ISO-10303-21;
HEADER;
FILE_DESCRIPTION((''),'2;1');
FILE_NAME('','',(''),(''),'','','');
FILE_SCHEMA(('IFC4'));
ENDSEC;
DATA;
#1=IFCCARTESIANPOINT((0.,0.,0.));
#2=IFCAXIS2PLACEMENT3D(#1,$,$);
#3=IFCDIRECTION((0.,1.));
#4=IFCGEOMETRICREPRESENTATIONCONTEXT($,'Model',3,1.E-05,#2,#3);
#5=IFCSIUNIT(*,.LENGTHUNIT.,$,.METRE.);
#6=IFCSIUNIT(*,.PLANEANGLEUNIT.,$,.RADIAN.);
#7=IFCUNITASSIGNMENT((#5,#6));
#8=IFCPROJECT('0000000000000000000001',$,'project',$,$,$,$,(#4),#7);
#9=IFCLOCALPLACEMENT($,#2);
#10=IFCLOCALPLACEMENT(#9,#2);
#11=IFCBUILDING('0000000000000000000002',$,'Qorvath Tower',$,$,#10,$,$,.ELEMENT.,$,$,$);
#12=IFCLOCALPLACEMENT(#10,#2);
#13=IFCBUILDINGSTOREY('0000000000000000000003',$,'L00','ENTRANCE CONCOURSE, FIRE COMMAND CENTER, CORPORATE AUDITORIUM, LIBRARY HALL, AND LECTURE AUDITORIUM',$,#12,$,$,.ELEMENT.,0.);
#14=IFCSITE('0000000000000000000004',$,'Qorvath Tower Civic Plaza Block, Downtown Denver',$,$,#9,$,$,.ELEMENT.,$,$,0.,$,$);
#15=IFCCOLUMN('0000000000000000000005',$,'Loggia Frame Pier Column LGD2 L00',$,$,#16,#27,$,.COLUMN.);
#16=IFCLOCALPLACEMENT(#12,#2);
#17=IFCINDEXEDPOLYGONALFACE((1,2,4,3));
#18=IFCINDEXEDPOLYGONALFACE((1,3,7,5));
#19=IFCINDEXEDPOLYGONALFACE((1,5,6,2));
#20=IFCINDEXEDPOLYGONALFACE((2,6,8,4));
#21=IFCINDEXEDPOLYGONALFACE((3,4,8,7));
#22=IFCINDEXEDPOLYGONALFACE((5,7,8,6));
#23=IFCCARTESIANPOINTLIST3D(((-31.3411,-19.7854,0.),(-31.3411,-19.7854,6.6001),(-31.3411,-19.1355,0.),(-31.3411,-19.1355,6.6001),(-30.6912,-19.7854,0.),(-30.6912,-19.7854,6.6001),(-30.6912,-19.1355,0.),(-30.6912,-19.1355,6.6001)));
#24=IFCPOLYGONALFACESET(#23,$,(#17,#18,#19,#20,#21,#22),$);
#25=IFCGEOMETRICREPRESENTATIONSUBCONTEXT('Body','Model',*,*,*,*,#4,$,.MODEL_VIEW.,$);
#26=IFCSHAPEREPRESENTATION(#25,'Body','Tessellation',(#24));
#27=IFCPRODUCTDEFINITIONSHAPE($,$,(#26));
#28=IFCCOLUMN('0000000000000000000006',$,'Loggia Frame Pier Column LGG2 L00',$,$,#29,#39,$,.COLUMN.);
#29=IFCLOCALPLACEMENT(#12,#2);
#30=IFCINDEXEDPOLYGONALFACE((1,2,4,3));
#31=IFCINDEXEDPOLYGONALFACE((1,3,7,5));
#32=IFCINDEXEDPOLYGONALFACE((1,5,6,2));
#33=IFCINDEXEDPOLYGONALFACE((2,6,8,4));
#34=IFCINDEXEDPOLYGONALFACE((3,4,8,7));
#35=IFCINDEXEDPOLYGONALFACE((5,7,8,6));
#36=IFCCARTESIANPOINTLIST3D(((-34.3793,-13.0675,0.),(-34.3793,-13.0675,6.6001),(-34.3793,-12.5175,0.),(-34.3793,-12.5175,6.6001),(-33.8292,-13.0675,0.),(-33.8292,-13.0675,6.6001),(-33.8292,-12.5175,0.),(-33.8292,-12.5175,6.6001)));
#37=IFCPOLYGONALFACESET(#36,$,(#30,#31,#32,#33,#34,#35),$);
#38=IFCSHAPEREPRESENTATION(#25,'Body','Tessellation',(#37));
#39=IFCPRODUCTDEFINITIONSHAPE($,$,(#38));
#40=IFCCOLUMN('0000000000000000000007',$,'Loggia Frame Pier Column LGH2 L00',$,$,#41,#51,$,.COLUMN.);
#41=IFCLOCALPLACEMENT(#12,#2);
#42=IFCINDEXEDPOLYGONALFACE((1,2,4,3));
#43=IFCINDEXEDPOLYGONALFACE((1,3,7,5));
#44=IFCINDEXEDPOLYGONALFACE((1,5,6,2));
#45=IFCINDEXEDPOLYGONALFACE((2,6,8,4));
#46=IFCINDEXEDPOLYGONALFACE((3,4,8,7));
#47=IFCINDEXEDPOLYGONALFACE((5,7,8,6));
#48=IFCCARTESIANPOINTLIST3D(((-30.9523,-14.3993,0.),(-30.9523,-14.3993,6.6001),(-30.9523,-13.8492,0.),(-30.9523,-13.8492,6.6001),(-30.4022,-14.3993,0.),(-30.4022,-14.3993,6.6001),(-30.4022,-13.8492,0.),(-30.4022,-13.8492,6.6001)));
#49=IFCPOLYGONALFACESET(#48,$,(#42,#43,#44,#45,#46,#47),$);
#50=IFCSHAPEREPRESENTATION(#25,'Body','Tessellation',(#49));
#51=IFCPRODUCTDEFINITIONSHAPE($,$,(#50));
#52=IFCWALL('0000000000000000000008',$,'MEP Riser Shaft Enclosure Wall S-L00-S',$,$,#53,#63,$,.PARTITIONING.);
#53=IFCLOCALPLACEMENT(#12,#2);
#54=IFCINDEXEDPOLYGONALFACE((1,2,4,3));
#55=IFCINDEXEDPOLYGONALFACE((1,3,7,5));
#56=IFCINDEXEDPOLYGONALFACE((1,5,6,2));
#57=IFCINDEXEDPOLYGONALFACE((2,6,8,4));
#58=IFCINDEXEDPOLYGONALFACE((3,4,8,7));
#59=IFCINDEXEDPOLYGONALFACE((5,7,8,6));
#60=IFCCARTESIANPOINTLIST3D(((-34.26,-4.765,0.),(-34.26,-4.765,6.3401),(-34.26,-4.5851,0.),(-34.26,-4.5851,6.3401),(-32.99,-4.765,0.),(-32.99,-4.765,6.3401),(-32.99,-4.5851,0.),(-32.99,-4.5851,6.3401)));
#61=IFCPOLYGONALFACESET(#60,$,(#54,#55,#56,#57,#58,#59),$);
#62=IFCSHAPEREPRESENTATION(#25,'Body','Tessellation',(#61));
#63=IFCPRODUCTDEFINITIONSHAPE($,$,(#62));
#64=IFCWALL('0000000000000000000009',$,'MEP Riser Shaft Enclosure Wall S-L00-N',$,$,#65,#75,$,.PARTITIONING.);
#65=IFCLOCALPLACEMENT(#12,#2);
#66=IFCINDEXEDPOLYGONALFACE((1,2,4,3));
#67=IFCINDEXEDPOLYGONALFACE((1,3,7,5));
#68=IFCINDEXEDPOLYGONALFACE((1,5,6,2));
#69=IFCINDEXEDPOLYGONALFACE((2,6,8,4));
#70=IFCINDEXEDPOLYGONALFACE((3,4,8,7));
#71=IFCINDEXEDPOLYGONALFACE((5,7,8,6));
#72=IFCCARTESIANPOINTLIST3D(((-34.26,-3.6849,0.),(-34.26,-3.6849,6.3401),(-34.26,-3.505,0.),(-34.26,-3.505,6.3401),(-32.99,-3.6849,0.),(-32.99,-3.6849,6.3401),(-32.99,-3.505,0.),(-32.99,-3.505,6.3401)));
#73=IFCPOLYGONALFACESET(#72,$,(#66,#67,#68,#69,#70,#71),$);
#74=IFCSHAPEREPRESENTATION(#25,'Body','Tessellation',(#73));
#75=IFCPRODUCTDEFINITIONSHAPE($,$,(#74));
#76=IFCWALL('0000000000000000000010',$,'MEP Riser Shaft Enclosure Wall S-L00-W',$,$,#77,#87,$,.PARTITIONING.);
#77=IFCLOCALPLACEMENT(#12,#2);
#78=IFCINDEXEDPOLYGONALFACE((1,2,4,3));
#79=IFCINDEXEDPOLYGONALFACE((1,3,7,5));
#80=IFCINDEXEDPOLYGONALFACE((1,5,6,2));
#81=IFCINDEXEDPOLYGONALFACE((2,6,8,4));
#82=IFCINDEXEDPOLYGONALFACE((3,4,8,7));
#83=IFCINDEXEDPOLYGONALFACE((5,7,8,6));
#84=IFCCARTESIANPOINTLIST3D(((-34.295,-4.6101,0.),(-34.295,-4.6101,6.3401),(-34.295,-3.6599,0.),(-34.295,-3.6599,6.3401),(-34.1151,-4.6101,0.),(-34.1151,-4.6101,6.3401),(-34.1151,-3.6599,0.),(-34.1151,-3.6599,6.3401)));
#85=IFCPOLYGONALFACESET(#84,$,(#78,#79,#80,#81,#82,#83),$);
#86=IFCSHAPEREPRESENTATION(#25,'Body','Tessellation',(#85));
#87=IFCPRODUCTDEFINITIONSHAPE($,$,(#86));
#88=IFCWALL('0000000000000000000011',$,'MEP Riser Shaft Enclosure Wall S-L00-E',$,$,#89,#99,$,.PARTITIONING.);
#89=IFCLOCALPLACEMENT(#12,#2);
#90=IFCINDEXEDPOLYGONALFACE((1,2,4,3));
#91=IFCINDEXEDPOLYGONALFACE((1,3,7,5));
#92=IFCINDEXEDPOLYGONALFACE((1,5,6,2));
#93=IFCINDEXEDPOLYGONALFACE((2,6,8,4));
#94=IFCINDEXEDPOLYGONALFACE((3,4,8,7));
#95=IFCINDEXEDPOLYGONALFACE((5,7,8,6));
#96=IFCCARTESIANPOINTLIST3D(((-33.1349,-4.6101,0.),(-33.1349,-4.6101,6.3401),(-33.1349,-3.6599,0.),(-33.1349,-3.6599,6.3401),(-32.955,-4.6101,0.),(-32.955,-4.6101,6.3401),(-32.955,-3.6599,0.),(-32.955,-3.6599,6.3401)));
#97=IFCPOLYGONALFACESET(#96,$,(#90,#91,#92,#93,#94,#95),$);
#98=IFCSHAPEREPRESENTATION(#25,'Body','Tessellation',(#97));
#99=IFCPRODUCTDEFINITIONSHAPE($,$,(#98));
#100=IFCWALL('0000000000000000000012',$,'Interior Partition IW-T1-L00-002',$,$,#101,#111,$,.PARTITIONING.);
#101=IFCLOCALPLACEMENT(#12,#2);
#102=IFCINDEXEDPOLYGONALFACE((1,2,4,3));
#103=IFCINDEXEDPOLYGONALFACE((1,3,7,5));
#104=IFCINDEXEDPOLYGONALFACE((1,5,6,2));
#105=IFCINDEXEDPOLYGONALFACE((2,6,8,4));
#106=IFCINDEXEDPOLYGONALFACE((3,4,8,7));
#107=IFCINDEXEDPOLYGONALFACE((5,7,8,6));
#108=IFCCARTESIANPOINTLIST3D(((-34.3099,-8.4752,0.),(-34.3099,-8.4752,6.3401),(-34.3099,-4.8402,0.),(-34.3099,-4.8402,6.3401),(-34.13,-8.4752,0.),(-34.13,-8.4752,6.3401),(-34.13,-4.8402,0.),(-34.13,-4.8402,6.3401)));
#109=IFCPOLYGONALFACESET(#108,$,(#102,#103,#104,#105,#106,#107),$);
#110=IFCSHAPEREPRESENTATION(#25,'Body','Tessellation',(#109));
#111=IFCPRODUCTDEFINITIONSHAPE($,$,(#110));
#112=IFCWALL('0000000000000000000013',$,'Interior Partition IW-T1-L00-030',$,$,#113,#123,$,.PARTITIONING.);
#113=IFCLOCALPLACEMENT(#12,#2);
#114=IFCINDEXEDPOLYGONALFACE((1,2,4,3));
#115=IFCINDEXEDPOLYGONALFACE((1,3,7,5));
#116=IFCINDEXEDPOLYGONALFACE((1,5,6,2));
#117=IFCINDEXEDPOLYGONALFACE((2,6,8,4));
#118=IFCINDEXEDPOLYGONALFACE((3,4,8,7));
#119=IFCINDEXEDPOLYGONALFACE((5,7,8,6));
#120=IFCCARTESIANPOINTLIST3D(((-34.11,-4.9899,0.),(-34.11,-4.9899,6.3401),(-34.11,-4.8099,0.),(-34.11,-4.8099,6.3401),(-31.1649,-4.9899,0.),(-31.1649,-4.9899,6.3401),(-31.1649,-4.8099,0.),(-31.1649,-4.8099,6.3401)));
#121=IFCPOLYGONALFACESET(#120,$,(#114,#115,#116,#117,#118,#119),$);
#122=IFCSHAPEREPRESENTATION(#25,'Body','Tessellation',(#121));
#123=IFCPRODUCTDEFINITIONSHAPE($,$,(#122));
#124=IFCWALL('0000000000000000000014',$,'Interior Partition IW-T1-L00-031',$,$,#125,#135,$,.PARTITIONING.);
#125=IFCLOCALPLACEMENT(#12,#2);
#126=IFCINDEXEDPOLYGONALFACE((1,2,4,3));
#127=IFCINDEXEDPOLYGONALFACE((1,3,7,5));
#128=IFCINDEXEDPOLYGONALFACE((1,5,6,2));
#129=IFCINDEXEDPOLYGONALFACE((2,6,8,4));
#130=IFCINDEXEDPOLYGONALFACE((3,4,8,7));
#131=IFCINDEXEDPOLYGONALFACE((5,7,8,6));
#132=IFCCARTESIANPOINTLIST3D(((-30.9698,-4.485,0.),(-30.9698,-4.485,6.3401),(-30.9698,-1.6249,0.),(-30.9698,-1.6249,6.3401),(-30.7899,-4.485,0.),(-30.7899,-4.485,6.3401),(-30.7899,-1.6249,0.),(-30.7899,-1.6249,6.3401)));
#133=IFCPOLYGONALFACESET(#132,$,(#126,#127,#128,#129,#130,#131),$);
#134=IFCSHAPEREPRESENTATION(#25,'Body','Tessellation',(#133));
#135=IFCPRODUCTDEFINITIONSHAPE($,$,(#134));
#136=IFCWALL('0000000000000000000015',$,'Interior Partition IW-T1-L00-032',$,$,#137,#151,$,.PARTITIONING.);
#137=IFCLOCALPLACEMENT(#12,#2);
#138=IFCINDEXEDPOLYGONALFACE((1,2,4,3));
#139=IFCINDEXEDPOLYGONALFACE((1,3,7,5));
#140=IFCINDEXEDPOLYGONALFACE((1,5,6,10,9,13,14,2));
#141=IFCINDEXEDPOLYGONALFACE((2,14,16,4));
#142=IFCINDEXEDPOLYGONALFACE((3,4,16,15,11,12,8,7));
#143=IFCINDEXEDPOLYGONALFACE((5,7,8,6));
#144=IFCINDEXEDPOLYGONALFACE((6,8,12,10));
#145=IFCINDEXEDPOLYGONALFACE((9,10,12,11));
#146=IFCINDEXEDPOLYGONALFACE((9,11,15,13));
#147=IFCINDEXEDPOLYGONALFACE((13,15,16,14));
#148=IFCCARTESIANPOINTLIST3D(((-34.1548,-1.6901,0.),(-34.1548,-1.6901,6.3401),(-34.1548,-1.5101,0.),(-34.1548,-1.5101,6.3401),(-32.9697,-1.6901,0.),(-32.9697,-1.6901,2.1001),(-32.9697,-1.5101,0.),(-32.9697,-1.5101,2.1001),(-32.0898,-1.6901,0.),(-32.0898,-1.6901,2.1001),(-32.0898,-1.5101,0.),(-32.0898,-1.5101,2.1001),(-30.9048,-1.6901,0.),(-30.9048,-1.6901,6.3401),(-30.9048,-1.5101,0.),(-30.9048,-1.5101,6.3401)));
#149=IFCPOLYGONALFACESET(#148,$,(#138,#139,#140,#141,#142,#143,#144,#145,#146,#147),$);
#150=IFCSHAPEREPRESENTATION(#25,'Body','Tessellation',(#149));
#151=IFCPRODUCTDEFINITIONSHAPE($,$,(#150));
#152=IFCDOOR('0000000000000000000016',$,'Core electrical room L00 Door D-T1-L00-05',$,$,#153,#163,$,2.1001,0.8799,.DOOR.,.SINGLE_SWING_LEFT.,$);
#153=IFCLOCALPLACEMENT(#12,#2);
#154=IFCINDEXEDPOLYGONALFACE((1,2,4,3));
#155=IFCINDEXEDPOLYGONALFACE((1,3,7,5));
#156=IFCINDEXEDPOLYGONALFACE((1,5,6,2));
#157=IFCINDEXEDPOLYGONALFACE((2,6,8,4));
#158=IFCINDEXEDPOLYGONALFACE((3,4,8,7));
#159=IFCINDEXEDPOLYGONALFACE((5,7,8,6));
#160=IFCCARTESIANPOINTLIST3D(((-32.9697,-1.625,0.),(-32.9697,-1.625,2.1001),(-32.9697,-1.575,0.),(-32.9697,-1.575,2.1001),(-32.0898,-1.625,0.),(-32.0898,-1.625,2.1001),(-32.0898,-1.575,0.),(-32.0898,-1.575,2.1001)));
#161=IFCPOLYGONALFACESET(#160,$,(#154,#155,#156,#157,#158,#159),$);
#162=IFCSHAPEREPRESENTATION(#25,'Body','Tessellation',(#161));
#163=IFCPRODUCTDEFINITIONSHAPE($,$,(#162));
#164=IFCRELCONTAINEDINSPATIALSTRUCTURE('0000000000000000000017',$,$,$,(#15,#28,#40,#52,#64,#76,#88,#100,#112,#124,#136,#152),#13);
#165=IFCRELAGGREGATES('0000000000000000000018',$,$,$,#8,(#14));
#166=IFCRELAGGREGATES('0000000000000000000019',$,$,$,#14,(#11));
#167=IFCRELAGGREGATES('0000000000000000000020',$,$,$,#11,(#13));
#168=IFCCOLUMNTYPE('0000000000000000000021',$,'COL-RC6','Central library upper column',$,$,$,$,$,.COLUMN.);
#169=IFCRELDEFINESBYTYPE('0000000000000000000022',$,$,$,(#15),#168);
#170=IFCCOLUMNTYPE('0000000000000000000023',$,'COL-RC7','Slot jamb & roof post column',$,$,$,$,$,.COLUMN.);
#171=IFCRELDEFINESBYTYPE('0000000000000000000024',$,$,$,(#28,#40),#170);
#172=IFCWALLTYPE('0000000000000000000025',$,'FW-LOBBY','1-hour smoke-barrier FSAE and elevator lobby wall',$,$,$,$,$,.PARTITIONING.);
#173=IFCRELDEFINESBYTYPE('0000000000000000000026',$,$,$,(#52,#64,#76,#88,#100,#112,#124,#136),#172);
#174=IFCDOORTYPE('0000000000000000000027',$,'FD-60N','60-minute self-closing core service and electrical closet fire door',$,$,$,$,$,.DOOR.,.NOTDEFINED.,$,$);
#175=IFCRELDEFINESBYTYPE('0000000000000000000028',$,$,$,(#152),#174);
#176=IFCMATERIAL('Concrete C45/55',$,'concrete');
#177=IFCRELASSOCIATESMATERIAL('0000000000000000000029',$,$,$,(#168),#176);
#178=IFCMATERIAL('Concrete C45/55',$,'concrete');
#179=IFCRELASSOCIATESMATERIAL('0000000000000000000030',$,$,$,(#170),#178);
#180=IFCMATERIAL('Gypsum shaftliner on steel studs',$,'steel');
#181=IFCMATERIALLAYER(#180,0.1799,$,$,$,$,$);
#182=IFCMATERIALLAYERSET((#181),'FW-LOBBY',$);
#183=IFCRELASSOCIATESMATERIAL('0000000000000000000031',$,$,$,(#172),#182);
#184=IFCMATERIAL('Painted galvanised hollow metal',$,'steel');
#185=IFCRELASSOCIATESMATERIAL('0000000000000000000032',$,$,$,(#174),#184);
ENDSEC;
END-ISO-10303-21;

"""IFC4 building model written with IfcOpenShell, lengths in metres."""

from ifc_helpers import new_model, si_unit, direction, frame, frame_2d, origin, origin_2d, place, context, subcontext, project, spatial, rectangle, extrude, material, layer, layer_set, material_profile, profile_set, type_object, element, fill, save


model = new_model("IFC4")

# Units and contexts
model_context = context("Model", 3, precision=1e-05, world=origin(), true_north=direction((0.0, 1.0)))
body_context = subcontext(model_context, "Body", "Model", "MODEL_VIEW")
ifc_project = project(units=[si_unit("LENGTHUNIT", "METRE"), si_unit("PLANEANGLEUNIT", "RADIAN")], contexts=[model_context])

# Site, building, storey
site_placement = place(None, origin())
site = spatial("IfcSite", under=ifc_project, at=site_placement, Name="Qorvath Tower Civic Plaza Block, Downtown Denver", CompositionType="ELEMENT", RefElevation=0.0)
building_placement = place(site_placement, origin())
building = spatial("IfcBuilding", under=site, at=building_placement, Name="Qorvath Tower", CompositionType="ELEMENT")
storey_placement = place(building_placement, origin())
storey = spatial("IfcBuildingStorey", under=building, at=storey_placement, Name="L00", Description="ENTRANCE CONCOURSE, FIRE COMMAND CENTER, CORPORATE AUDITORIUM, LIBRARY HALL, AND LECTURE AUDITORIUM", CompositionType="ELEMENT", Elevation=0.0)

# Columns
ifc_material_1 = material(Name="Concrete C45/55", Category="concrete")
ifc_material_profile_1 = material_profile(ifc_material_1, rectangle(XDim=0.6499, YDim=0.6499, at=origin_2d()), Name="RC 650x650")
ifc_profile_set_1 = profile_set([ifc_material_profile_1], Name="Concrete C45/55")
column_type_1 = type_object("IfcColumnType", Name="COL-RC6", Description="Central library upper column", PredefinedType="COLUMN", material=ifc_profile_set_1)
column_placement = place(storey_placement, frame((-31.0161, -19.4604, 0.0), z_axis=(0.0, 0.0, 1.0), x_axis=(1.0, 0.0, 0.0)))
element("IfcColumn", 1, at=column_placement, inside=storey, type_object=column_type_1, Name="Loggia Frame Pier Column LGD2 L00", PredefinedType="COLUMN", context=body_context, shape_type="SweptSolid", body=[
    extrude(rectangle(XDim=0.6499, YDim=0.6499, at=origin_2d()), origin(), (0.0, 0.0, 1.0), 6.6001),
])
ifc_material_2 = material(Name="Concrete C45/55", Category="concrete")
ifc_material_profile_2 = material_profile(ifc_material_2, rectangle(XDim=0.55, YDim=0.55, at=origin_2d()), Name="RC 550x550")
ifc_profile_set_2 = profile_set([ifc_material_profile_2], Name="Concrete C45/55")
column_type_2 = type_object("IfcColumnType", Name="COL-RC7", Description="Slot jamb & roof post column", PredefinedType="COLUMN", material=ifc_profile_set_2)
for number, where, z_axis, x_axis, name in (
    (2, (-34.1042, -12.7925, 0.0), (0.0, 0.0, 1.0), (1.0, 0.0, 0.0), "Loggia Frame Pier Column LGG2 L00"),
    (3, (-30.6772, -14.1243, 0.0), (0.0, 0.0, 1.0), (1.0, 0.0, 0.0), "Loggia Frame Pier Column LGH2 L00"),
):
    element("IfcColumn", number, at=place(storey_placement, frame(where, z_axis=z_axis, x_axis=x_axis)), inside=storey, type_object=column_type_2, Name=name, PredefinedType="COLUMN", context=body_context, shape_type="SweptSolid", body=[
        extrude(rectangle(XDim=0.55, YDim=0.55, at=origin_2d()), origin(), (0.0, 0.0, 1.0), 6.6001),
    ])

# Walls
ifc_material_3 = material(Name="Gypsum shaftliner on steel studs", Category="steel")
ifc_layer_1 = layer(ifc_material_3, 0.1799)
ifc_layer_set_1 = layer_set([ifc_layer_1], Name="FW-LOBBY")
wall_type_1 = type_object("IfcWallType", Name="FW-LOBBY", Description="1-hour smoke-barrier FSAE and elevator lobby wall", PredefinedType="PARTITIONING", material=ifc_layer_set_1)
for number, where, z_axis, x_axis, name in (
    (4, (-32.99, -4.675, 0.0), (0.0, 0.0, 1.0), (-1.0, 0.0, 0.0), "MEP Riser Shaft Enclosure Wall S-L00-S"),
    (5, (-34.26, -3.595, 0.0), (0.0, 0.0, 1.0), (1.0, 0.0, 0.0), "MEP Riser Shaft Enclosure Wall S-L00-N"),
):
    element("IfcWall", number, at=place(storey_placement, frame(where, z_axis=z_axis, x_axis=x_axis)), inside=storey, type_object=wall_type_1, Name=name, PredefinedType="PARTITIONING", context=body_context, shape_type="SweptSolid", body=[
        extrude(rectangle(XDim=1.27, YDim=0.1799, at=frame_2d((0.635, 0.0))), origin(), (0.0, 0.0, 1.0), 6.3401),
    ])
for number, where, z_axis, x_axis, name in (
    (6, (-34.2051, -4.6101, 0.0), (0.0, 0.0, 1.0), (0.0, 1.0, 0.0), "MEP Riser Shaft Enclosure Wall S-L00-W"),
    (7, (-33.0449, -3.6599, 0.0), (0.0, 0.0, 1.0), (0.0, -1.0, 0.0), "MEP Riser Shaft Enclosure Wall S-L00-E"),
):
    element("IfcWall", number, at=place(storey_placement, frame(where, z_axis=z_axis, x_axis=x_axis)), inside=storey, type_object=wall_type_1, Name=name, PredefinedType="PARTITIONING", context=body_context, shape_type="SweptSolid", body=[
        extrude(rectangle(XDim=0.9502, YDim=0.1799, at=frame_2d((0.4751, 0.0))), origin(), (0.0, 0.0, 1.0), 6.3401),
    ])
wall_1_placement = place(storey_placement, frame((-34.22, -8.4751, 0.0), z_axis=(0.0, 0.0, 1.0), x_axis=(0.0, 1.0, 0.0)))
element("IfcWall", 8, at=wall_1_placement, inside=storey, type_object=wall_type_1, Name="Interior Partition IW-T1-L00-002", PredefinedType="PARTITIONING", context=body_context, shape_type="SweptSolid", body=[
    extrude(rectangle(XDim=3.635, YDim=0.1799, at=frame_2d((1.8174, 0.0))), origin(), (0.0, 0.0, 1.0), 6.3401),
])
wall_2_placement = place(storey_placement, frame((-34.1101, -4.8999, 0.0), z_axis=(0.0, 0.0, 1.0), x_axis=(1.0, 0.0, 0.0)))
element("IfcWall", 9, at=wall_2_placement, inside=storey, type_object=wall_type_1, Name="Interior Partition IW-T1-L00-030", PredefinedType="PARTITIONING", context=body_context, shape_type="SweptSolid", body=[
    extrude(rectangle(XDim=2.9451, YDim=0.1799, at=frame_2d((1.4727, 0.0))), origin(), (0.0, 0.0, 1.0), 6.3401),
])
wall_3_placement = place(storey_placement, frame((-30.8799, -4.4851, 0.0), z_axis=(0.0, 0.0, 1.0), x_axis=(0.0, 1.0, 0.0)))
element("IfcWall", 10, at=wall_3_placement, inside=storey, type_object=wall_type_1, Name="Interior Partition IW-T1-L00-031", PredefinedType="PARTITIONING", context=body_context, shape_type="SweptSolid", body=[
    extrude(rectangle(XDim=2.8601, YDim=0.1799, at=frame_2d((1.4302, 0.0))), origin(), (0.0, 0.0, 1.0), 6.3401),
])

# Wall, opening, door
wall_4_placement = place(storey_placement, frame((-30.9048, -1.6001, 0.0), z_axis=(0.0, 0.0, 1.0), x_axis=(-1.0, 0.0, 0.0)))
wall_4 = element("IfcWall", 11, at=wall_4_placement, inside=storey, type_object=wall_type_1, Name="Interior Partition IW-T1-L00-032", PredefinedType="PARTITIONING", context=body_context, shape_type="SweptSolid", body=[
    extrude(rectangle(XDim=3.25, YDim=0.1799, at=frame_2d((1.625, 0.0))), origin(), (0.0, 0.0, 1.0), 6.3401),
])
opening_1_placement = place(wall_4_placement, frame((1.1851, 0.0, 0.0)))
opening_1 = element("IfcOpeningElement", 12, at=opening_1_placement, cuts=wall_4, PredefinedType="OPENING", context=body_context, shape_type="SweptSolid", body=[
    extrude(rectangle(XDim=0.8799, YDim=2.1001, at=frame_2d((0.4399, 1.05))), frame((0.0, 0.1001, 0.0), z_axis=(0.0, -1.0, 0.0), x_axis=(1.0, 0.0, 0.0)), (0.0, 0.0, 1.0), 0.2),
])
ifc_material_4 = material(Name="Painted galvanised hollow metal", Category="steel")
door_type_1 = type_object("IfcDoorType", Name="FD-60N", Description="60-minute self-closing core service and electrical closet fire door", OperationType="NOTDEFINED", PredefinedType="DOOR", material=ifc_material_4)
door_1_placement = place(opening_1_placement, origin())
door_1 = element("IfcDoor", 13, at=door_1_placement, inside=storey, type_object=door_type_1, Name="Core electrical room L00 Door D-T1-L00-05", OperationType="SINGLE_SWING_LEFT", OverallHeight=2.1001, OverallWidth=0.8799, PredefinedType="DOOR", context=body_context, shape_type="SweptSolid", body=[
    extrude(rectangle(XDim=0.8799, YDim=2.1001, at=frame_2d((0.4399, 1.05))), frame((0.0, 0.0249, 0.0), z_axis=(0.0, -1.0, 0.0), x_axis=(1.0, 0.0, 0.0)), (0.0, 0.0, 1.0), 0.05),
])
fill(opening_1, door_1)

save(model, "model.ifc")
